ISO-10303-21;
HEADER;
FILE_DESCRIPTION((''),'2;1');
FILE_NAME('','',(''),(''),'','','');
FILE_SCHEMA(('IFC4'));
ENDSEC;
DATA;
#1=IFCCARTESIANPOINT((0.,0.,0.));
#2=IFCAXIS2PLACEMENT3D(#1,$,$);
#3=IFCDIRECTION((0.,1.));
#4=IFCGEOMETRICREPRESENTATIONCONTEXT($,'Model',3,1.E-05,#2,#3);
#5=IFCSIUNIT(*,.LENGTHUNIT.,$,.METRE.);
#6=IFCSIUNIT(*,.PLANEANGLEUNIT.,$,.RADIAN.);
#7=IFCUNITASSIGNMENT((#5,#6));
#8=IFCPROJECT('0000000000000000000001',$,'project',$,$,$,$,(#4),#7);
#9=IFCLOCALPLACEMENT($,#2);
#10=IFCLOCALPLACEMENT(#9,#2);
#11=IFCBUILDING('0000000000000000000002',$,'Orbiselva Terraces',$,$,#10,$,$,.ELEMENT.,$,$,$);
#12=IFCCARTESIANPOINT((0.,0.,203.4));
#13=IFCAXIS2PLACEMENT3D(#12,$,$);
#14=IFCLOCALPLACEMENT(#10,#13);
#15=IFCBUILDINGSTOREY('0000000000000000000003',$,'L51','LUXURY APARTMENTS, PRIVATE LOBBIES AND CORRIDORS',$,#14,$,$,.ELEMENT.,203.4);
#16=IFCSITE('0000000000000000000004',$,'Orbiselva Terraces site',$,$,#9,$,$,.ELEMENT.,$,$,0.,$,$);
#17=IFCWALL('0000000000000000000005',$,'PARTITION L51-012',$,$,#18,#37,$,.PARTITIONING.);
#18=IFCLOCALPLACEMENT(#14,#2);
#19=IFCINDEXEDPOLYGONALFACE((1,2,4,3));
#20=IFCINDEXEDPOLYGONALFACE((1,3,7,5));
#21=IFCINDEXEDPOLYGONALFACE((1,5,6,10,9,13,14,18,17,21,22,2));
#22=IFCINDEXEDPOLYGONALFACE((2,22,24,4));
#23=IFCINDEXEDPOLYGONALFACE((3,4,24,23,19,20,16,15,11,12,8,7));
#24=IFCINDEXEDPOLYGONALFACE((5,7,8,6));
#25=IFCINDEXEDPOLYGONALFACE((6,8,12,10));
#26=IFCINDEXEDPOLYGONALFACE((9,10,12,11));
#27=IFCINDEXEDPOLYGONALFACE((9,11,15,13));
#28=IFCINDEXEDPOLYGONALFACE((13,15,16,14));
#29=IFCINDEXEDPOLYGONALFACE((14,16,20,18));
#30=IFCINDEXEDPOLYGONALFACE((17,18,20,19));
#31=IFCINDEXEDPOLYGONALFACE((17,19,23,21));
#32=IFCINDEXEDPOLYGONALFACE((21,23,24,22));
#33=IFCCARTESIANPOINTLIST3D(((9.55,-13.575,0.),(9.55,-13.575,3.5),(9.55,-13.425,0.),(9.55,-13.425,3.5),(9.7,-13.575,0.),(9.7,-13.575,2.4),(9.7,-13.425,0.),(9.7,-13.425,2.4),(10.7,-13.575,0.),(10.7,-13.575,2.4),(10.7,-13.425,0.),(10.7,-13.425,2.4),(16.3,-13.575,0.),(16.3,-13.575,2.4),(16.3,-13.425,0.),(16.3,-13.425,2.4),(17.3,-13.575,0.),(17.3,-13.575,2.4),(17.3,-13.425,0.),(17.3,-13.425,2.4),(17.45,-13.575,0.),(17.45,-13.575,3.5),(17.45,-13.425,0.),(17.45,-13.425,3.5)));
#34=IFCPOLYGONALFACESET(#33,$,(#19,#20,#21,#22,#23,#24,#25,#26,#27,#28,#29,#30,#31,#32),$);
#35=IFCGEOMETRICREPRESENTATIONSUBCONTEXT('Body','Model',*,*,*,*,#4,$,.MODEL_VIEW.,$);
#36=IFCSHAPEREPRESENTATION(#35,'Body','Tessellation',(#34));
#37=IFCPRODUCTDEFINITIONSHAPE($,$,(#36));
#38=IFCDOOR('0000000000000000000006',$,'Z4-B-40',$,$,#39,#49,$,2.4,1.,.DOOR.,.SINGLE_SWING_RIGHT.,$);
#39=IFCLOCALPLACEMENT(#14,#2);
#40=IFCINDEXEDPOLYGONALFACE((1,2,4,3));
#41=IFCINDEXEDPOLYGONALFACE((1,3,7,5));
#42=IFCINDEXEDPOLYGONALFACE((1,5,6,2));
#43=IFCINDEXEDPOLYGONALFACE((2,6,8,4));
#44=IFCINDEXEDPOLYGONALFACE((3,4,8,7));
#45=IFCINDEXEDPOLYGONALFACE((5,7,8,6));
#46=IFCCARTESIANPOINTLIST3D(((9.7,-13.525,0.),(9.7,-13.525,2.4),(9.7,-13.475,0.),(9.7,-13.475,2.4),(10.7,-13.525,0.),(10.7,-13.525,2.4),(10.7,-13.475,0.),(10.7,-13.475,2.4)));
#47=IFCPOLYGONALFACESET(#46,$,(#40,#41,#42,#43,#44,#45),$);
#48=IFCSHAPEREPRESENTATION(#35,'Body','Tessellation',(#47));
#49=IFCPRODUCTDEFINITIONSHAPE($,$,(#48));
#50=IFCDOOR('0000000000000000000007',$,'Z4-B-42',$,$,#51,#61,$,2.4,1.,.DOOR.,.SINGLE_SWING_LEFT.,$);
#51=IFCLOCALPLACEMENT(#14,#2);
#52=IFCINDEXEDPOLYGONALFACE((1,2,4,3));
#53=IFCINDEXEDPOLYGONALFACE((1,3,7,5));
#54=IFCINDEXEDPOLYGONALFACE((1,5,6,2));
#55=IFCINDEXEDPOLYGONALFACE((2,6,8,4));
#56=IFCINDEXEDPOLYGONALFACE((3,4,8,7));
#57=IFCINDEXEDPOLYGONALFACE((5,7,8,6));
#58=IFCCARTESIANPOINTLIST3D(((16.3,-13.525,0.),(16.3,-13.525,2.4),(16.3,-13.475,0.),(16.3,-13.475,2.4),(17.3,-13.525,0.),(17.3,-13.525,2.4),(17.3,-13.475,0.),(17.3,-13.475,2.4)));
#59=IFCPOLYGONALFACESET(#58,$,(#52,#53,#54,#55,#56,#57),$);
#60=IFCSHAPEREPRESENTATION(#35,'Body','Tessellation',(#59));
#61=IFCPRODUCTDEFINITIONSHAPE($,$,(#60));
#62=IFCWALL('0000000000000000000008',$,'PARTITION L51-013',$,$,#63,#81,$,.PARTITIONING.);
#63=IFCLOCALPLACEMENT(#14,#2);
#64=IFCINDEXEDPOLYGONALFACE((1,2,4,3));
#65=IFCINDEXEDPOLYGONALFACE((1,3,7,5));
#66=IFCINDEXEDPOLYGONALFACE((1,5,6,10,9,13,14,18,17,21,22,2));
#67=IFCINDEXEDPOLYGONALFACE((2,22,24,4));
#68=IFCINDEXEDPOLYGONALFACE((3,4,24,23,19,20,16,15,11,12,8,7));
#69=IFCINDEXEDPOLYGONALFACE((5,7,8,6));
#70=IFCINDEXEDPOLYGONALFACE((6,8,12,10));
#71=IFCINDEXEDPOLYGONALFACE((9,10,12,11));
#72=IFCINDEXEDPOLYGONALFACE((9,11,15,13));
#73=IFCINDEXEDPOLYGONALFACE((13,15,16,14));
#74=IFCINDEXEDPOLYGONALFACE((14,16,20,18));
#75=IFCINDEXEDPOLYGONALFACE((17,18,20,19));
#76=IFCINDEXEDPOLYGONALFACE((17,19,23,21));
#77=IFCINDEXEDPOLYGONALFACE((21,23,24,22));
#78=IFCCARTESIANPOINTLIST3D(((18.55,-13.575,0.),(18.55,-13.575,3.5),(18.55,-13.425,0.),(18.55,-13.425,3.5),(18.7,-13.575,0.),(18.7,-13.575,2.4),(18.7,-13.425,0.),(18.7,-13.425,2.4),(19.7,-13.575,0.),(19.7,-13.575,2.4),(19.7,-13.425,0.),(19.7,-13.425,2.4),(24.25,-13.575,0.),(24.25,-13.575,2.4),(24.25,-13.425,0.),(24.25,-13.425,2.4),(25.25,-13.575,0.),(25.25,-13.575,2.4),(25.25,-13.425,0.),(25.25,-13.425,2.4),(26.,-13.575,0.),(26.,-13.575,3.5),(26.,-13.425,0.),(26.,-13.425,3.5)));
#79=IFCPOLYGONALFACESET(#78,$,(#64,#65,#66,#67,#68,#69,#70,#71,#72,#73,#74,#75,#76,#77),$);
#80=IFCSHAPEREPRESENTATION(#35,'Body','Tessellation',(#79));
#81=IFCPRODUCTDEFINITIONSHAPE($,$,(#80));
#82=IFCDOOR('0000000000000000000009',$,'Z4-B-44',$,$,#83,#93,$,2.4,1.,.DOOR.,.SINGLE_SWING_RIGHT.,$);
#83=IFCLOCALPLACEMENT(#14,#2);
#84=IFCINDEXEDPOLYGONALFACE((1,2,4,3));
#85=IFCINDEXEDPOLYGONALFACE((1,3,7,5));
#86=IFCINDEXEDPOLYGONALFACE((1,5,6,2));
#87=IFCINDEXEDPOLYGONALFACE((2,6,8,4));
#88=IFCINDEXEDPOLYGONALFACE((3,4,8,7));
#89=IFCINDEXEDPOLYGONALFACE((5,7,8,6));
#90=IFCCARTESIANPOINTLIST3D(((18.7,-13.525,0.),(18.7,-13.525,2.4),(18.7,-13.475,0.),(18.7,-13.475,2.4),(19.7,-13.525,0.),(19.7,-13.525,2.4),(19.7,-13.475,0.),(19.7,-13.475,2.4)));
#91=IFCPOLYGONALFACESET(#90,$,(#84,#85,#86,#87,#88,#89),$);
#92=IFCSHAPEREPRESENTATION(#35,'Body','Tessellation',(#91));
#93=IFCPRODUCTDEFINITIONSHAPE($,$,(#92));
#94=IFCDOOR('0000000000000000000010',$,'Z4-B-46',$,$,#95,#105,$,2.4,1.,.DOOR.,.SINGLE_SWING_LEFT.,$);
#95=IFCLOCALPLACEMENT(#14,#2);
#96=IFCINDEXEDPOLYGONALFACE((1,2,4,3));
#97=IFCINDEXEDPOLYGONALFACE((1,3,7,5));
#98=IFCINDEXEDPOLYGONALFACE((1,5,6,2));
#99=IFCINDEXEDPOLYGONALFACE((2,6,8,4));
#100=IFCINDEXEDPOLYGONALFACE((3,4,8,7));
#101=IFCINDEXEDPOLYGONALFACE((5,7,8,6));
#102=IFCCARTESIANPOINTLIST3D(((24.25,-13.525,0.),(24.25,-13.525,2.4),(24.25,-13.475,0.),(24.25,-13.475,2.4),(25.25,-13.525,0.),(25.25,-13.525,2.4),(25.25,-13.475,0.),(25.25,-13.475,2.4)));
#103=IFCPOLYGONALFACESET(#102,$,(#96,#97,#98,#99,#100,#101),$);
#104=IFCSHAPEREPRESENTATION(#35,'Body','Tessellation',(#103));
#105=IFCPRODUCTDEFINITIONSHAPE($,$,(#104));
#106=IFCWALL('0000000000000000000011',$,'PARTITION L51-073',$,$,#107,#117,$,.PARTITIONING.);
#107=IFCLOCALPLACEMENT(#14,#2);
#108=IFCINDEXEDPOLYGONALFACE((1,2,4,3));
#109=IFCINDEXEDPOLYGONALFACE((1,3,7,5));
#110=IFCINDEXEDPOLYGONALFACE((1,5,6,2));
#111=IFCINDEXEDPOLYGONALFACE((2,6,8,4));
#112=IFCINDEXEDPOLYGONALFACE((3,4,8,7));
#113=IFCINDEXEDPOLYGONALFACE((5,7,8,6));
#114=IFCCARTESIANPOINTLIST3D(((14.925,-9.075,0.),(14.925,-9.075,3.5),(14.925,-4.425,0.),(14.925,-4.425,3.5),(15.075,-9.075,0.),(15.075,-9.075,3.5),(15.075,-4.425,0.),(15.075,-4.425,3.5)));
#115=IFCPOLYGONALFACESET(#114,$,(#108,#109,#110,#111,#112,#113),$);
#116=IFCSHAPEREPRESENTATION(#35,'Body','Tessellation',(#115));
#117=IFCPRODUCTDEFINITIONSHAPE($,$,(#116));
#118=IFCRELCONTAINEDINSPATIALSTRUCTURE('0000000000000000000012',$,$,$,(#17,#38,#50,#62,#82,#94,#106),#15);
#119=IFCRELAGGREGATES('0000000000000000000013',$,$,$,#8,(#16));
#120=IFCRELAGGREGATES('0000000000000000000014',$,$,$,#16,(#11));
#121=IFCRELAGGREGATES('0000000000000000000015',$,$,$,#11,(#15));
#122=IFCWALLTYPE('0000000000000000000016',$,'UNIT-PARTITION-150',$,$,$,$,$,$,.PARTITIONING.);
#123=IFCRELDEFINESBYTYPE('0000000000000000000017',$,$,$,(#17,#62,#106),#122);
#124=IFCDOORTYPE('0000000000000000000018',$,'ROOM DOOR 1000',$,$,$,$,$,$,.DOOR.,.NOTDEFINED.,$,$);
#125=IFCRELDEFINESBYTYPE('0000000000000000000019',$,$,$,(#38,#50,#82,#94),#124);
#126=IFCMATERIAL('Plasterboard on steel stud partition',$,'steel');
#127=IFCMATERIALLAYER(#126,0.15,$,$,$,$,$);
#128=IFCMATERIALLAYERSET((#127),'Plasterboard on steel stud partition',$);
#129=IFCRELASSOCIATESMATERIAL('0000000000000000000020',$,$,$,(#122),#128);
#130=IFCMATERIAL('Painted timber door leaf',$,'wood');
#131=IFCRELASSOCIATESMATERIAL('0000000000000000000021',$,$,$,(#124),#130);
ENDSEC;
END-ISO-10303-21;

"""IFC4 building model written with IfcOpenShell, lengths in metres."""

from ifc_helpers import new_model, si_unit, direction, frame, frame_2d, origin, place, context, subcontext, project, spatial, rectangle, extrude, material, layer, layer_set, type_object, element, fill, save


model = new_model("IFC4")

# Units and contexts
model_context = context("Model", 3, precision=1e-05, world=origin(), true_north=direction((0.0, 1.0)))
body_context = subcontext(model_context, "Body", "Model", "MODEL_VIEW")
ifc_project = project(units=[si_unit("LENGTHUNIT", "METRE"), si_unit("PLANEANGLEUNIT", "RADIAN")], contexts=[model_context])

# Site, building, storey
site_placement = place(None, origin())
site = spatial("IfcSite", under=ifc_project, at=site_placement, Name="Orbiselva Terraces site", CompositionType="ELEMENT", RefElevation=0.0)
building_placement = place(site_placement, origin())
building = spatial("IfcBuilding", under=site, at=building_placement, Name="Orbiselva Terraces", CompositionType="ELEMENT")
storey_placement = place(building_placement, frame((0.0, 0.0, 203.4)))
storey = spatial("IfcBuildingStorey", under=building, at=storey_placement, Name="L51", Description="LUXURY APARTMENTS, PRIVATE LOBBIES AND CORRIDORS", CompositionType="ELEMENT", Elevation=203.4)

# Shared definitions
ifc_material_1 = material(Name="Plasterboard on steel stud partition", Category="steel")
ifc_layer_1 = layer(ifc_material_1, 0.15)
ifc_layer_set_1 = layer_set([ifc_layer_1], Name="Plasterboard on steel stud partition")
wall_type_1 = type_object("IfcWallType", Name="UNIT-PARTITION-150", PredefinedType="PARTITIONING", material=ifc_layer_set_1)
ifc_material_2 = material(Name="Painted timber door leaf", Category="wood")

# Walls, openings, doors
wall_1_placement = place(storey_placement, frame((17.45, -13.5, 0.0), z_axis=(0.0, 0.0, 1.0), x_axis=(-1.0, 0.0, 0.0)))
wall_1 = element("IfcWall", 1, at=wall_1_placement, inside=storey, type_object=wall_type_1, Name="PARTITION L51-012", PredefinedType="PARTITIONING", context=body_context, shape_type="SweptSolid", body=[
    extrude(rectangle(XDim=7.9, YDim=0.15, at=frame_2d((3.95, 0.0))), origin(), (0.0, 0.0, 1.0), 3.5),
])
opening_1_placement = place(wall_1_placement, frame((6.75, 0.0, 0.0)))
opening_1 = element("IfcOpeningElement", 2, at=opening_1_placement, cuts=wall_1, PredefinedType="OPENING", context=body_context, shape_type="SweptSolid", body=[
    extrude(rectangle(XDim=1.0, YDim=2.4, at=frame_2d((0.5, 1.2))), frame((0.0, 0.085, 0.0), z_axis=(0.0, -1.0, 0.0), x_axis=(1.0, 0.0, 0.0)), (0.0, 0.0, 1.0), 0.17),
])
opening_2_placement = place(wall_1_placement, frame((0.15, 0.0, 0.0)))
opening_2 = element("IfcOpeningElement", 3, at=opening_2_placement, cuts=wall_1, PredefinedType="OPENING", context=body_context, shape_type="SweptSolid", body=[
    extrude(rectangle(XDim=1.0, YDim=2.4, at=frame_2d((0.5, 1.2))), frame((0.0, 0.085, 0.0), z_axis=(0.0, -1.0, 0.0), x_axis=(1.0, 0.0, 0.0)), (0.0, 0.0, 1.0), 0.17),
])
door_type_1 = type_object("IfcDoorType", Name="ROOM DOOR 1000", OperationType="NOTDEFINED", PredefinedType="DOOR", material=ifc_material_2)
door_1_placement = place(opening_1_placement, origin())
door_1 = element("IfcDoor", 4, at=door_1_placement, inside=storey, type_object=door_type_1, Name="Z4-B-40", OperationType="SINGLE_SWING_RIGHT", OverallHeight=2.4, OverallWidth=1.0, PredefinedType="DOOR", context=body_context, shape_type="SweptSolid", body=[
    extrude(rectangle(XDim=1.0, YDim=2.4, at=frame_2d((0.5, 1.2))), frame((0.0, 0.025, 0.0), z_axis=(0.0, -1.0, 0.0), x_axis=(1.0, 0.0, 0.0)), (0.0, 0.0, 1.0), 0.05),
])
fill(opening_1, door_1)
door_2_placement = place(opening_2_placement, origin())
door_2 = element("IfcDoor", 5, at=door_2_placement, inside=storey, type_object=door_type_1, Name="Z4-B-42", OperationType="SINGLE_SWING_LEFT", OverallHeight=2.4, OverallWidth=1.0, PredefinedType="DOOR", context=body_context, shape_type="SweptSolid", body=[
    extrude(rectangle(XDim=1.0, YDim=2.4, at=frame_2d((0.5, 1.2))), frame((0.0, 0.025, 0.0), z_axis=(0.0, -1.0, 0.0), x_axis=(1.0, 0.0, 0.0)), (0.0, 0.0, 1.0), 0.05),
])
fill(opening_2, door_2)
wall_2_placement = place(storey_placement, frame((26.0, -13.5, 0.0), z_axis=(0.0, 0.0, 1.0), x_axis=(-1.0, 0.0, 0.0)))
wall_2 = element("IfcWall", 6, at=wall_2_placement, inside=storey, type_object=wall_type_1, Name="PARTITION L51-013", PredefinedType="PARTITIONING", context=body_context, shape_type="SweptSolid", body=[
    extrude(rectangle(XDim=7.45, YDim=0.15, at=frame_2d((3.725, 0.0))), origin(), (0.0, 0.0, 1.0), 3.5),
])
opening_3_placement = place(wall_2_placement, frame((6.3, 0.0, 0.0)))
opening_3 = element("IfcOpeningElement", 7, at=opening_3_placement, cuts=wall_2, PredefinedType="OPENING", context=body_context, shape_type="SweptSolid", body=[
    extrude(rectangle(XDim=1.0, YDim=2.4, at=frame_2d((0.5, 1.2))), frame((0.0, 0.085, 0.0), z_axis=(0.0, -1.0, 0.0), x_axis=(1.0, 0.0, 0.0)), (0.0, 0.0, 1.0), 0.17),
])
opening_4_placement = place(wall_2_placement, frame((0.75, 0.0, 0.0)))
opening_4 = element("IfcOpeningElement", 8, at=opening_4_placement, cuts=wall_2, PredefinedType="OPENING", context=body_context, shape_type="SweptSolid", body=[
    extrude(rectangle(XDim=1.0, YDim=2.4, at=frame_2d((0.5, 1.2))), frame((0.0, 0.085, 0.0), z_axis=(0.0, -1.0, 0.0), x_axis=(1.0, 0.0, 0.0)), (0.0, 0.0, 1.0), 0.17),
])
door_3_placement = place(opening_3_placement, origin())
door_3 = element("IfcDoor", 9, at=door_3_placement, inside=storey, type_object=door_type_1, Name="Z4-B-44", OperationType="SINGLE_SWING_RIGHT", OverallHeight=2.4, OverallWidth=1.0, PredefinedType="DOOR", context=body_context, shape_type="SweptSolid", body=[
    extrude(rectangle(XDim=1.0, YDim=2.4, at=frame_2d((0.5, 1.2))), frame((0.0, 0.025, 0.0), z_axis=(0.0, -1.0, 0.0), x_axis=(1.0, 0.0, 0.0)), (0.0, 0.0, 1.0), 0.05),
])
fill(opening_3, door_3)
door_4_placement = place(opening_4_placement, origin())
door_4 = element("IfcDoor", 10, at=door_4_placement, inside=storey, type_object=door_type_1, Name="Z4-B-46", OperationType="SINGLE_SWING_LEFT", OverallHeight=2.4, OverallWidth=1.0, PredefinedType="DOOR", context=body_context, shape_type="SweptSolid", body=[
    extrude(rectangle(XDim=1.0, YDim=2.4, at=frame_2d((0.5, 1.2))), frame((0.0, 0.025, 0.0), z_axis=(0.0, -1.0, 0.0), x_axis=(1.0, 0.0, 0.0)), (0.0, 0.0, 1.0), 0.05),
])
fill(opening_4, door_4)

# Wall
wall_3_placement = place(storey_placement, frame((15.0, -9.075, 0.0), z_axis=(0.0, 0.0, 1.0), x_axis=(0.0, 1.0, 0.0)))
element("IfcWall", 11, at=wall_3_placement, inside=storey, type_object=wall_type_1, Name="PARTITION L51-073", PredefinedType="PARTITIONING", context=body_context, shape_type="SweptSolid", body=[
    extrude(rectangle(XDim=4.65, YDim=0.15, at=frame_2d((2.325, 0.0))), origin(), (0.0, 0.0, 1.0), 3.5),
])

save(model, "model.ifc")
